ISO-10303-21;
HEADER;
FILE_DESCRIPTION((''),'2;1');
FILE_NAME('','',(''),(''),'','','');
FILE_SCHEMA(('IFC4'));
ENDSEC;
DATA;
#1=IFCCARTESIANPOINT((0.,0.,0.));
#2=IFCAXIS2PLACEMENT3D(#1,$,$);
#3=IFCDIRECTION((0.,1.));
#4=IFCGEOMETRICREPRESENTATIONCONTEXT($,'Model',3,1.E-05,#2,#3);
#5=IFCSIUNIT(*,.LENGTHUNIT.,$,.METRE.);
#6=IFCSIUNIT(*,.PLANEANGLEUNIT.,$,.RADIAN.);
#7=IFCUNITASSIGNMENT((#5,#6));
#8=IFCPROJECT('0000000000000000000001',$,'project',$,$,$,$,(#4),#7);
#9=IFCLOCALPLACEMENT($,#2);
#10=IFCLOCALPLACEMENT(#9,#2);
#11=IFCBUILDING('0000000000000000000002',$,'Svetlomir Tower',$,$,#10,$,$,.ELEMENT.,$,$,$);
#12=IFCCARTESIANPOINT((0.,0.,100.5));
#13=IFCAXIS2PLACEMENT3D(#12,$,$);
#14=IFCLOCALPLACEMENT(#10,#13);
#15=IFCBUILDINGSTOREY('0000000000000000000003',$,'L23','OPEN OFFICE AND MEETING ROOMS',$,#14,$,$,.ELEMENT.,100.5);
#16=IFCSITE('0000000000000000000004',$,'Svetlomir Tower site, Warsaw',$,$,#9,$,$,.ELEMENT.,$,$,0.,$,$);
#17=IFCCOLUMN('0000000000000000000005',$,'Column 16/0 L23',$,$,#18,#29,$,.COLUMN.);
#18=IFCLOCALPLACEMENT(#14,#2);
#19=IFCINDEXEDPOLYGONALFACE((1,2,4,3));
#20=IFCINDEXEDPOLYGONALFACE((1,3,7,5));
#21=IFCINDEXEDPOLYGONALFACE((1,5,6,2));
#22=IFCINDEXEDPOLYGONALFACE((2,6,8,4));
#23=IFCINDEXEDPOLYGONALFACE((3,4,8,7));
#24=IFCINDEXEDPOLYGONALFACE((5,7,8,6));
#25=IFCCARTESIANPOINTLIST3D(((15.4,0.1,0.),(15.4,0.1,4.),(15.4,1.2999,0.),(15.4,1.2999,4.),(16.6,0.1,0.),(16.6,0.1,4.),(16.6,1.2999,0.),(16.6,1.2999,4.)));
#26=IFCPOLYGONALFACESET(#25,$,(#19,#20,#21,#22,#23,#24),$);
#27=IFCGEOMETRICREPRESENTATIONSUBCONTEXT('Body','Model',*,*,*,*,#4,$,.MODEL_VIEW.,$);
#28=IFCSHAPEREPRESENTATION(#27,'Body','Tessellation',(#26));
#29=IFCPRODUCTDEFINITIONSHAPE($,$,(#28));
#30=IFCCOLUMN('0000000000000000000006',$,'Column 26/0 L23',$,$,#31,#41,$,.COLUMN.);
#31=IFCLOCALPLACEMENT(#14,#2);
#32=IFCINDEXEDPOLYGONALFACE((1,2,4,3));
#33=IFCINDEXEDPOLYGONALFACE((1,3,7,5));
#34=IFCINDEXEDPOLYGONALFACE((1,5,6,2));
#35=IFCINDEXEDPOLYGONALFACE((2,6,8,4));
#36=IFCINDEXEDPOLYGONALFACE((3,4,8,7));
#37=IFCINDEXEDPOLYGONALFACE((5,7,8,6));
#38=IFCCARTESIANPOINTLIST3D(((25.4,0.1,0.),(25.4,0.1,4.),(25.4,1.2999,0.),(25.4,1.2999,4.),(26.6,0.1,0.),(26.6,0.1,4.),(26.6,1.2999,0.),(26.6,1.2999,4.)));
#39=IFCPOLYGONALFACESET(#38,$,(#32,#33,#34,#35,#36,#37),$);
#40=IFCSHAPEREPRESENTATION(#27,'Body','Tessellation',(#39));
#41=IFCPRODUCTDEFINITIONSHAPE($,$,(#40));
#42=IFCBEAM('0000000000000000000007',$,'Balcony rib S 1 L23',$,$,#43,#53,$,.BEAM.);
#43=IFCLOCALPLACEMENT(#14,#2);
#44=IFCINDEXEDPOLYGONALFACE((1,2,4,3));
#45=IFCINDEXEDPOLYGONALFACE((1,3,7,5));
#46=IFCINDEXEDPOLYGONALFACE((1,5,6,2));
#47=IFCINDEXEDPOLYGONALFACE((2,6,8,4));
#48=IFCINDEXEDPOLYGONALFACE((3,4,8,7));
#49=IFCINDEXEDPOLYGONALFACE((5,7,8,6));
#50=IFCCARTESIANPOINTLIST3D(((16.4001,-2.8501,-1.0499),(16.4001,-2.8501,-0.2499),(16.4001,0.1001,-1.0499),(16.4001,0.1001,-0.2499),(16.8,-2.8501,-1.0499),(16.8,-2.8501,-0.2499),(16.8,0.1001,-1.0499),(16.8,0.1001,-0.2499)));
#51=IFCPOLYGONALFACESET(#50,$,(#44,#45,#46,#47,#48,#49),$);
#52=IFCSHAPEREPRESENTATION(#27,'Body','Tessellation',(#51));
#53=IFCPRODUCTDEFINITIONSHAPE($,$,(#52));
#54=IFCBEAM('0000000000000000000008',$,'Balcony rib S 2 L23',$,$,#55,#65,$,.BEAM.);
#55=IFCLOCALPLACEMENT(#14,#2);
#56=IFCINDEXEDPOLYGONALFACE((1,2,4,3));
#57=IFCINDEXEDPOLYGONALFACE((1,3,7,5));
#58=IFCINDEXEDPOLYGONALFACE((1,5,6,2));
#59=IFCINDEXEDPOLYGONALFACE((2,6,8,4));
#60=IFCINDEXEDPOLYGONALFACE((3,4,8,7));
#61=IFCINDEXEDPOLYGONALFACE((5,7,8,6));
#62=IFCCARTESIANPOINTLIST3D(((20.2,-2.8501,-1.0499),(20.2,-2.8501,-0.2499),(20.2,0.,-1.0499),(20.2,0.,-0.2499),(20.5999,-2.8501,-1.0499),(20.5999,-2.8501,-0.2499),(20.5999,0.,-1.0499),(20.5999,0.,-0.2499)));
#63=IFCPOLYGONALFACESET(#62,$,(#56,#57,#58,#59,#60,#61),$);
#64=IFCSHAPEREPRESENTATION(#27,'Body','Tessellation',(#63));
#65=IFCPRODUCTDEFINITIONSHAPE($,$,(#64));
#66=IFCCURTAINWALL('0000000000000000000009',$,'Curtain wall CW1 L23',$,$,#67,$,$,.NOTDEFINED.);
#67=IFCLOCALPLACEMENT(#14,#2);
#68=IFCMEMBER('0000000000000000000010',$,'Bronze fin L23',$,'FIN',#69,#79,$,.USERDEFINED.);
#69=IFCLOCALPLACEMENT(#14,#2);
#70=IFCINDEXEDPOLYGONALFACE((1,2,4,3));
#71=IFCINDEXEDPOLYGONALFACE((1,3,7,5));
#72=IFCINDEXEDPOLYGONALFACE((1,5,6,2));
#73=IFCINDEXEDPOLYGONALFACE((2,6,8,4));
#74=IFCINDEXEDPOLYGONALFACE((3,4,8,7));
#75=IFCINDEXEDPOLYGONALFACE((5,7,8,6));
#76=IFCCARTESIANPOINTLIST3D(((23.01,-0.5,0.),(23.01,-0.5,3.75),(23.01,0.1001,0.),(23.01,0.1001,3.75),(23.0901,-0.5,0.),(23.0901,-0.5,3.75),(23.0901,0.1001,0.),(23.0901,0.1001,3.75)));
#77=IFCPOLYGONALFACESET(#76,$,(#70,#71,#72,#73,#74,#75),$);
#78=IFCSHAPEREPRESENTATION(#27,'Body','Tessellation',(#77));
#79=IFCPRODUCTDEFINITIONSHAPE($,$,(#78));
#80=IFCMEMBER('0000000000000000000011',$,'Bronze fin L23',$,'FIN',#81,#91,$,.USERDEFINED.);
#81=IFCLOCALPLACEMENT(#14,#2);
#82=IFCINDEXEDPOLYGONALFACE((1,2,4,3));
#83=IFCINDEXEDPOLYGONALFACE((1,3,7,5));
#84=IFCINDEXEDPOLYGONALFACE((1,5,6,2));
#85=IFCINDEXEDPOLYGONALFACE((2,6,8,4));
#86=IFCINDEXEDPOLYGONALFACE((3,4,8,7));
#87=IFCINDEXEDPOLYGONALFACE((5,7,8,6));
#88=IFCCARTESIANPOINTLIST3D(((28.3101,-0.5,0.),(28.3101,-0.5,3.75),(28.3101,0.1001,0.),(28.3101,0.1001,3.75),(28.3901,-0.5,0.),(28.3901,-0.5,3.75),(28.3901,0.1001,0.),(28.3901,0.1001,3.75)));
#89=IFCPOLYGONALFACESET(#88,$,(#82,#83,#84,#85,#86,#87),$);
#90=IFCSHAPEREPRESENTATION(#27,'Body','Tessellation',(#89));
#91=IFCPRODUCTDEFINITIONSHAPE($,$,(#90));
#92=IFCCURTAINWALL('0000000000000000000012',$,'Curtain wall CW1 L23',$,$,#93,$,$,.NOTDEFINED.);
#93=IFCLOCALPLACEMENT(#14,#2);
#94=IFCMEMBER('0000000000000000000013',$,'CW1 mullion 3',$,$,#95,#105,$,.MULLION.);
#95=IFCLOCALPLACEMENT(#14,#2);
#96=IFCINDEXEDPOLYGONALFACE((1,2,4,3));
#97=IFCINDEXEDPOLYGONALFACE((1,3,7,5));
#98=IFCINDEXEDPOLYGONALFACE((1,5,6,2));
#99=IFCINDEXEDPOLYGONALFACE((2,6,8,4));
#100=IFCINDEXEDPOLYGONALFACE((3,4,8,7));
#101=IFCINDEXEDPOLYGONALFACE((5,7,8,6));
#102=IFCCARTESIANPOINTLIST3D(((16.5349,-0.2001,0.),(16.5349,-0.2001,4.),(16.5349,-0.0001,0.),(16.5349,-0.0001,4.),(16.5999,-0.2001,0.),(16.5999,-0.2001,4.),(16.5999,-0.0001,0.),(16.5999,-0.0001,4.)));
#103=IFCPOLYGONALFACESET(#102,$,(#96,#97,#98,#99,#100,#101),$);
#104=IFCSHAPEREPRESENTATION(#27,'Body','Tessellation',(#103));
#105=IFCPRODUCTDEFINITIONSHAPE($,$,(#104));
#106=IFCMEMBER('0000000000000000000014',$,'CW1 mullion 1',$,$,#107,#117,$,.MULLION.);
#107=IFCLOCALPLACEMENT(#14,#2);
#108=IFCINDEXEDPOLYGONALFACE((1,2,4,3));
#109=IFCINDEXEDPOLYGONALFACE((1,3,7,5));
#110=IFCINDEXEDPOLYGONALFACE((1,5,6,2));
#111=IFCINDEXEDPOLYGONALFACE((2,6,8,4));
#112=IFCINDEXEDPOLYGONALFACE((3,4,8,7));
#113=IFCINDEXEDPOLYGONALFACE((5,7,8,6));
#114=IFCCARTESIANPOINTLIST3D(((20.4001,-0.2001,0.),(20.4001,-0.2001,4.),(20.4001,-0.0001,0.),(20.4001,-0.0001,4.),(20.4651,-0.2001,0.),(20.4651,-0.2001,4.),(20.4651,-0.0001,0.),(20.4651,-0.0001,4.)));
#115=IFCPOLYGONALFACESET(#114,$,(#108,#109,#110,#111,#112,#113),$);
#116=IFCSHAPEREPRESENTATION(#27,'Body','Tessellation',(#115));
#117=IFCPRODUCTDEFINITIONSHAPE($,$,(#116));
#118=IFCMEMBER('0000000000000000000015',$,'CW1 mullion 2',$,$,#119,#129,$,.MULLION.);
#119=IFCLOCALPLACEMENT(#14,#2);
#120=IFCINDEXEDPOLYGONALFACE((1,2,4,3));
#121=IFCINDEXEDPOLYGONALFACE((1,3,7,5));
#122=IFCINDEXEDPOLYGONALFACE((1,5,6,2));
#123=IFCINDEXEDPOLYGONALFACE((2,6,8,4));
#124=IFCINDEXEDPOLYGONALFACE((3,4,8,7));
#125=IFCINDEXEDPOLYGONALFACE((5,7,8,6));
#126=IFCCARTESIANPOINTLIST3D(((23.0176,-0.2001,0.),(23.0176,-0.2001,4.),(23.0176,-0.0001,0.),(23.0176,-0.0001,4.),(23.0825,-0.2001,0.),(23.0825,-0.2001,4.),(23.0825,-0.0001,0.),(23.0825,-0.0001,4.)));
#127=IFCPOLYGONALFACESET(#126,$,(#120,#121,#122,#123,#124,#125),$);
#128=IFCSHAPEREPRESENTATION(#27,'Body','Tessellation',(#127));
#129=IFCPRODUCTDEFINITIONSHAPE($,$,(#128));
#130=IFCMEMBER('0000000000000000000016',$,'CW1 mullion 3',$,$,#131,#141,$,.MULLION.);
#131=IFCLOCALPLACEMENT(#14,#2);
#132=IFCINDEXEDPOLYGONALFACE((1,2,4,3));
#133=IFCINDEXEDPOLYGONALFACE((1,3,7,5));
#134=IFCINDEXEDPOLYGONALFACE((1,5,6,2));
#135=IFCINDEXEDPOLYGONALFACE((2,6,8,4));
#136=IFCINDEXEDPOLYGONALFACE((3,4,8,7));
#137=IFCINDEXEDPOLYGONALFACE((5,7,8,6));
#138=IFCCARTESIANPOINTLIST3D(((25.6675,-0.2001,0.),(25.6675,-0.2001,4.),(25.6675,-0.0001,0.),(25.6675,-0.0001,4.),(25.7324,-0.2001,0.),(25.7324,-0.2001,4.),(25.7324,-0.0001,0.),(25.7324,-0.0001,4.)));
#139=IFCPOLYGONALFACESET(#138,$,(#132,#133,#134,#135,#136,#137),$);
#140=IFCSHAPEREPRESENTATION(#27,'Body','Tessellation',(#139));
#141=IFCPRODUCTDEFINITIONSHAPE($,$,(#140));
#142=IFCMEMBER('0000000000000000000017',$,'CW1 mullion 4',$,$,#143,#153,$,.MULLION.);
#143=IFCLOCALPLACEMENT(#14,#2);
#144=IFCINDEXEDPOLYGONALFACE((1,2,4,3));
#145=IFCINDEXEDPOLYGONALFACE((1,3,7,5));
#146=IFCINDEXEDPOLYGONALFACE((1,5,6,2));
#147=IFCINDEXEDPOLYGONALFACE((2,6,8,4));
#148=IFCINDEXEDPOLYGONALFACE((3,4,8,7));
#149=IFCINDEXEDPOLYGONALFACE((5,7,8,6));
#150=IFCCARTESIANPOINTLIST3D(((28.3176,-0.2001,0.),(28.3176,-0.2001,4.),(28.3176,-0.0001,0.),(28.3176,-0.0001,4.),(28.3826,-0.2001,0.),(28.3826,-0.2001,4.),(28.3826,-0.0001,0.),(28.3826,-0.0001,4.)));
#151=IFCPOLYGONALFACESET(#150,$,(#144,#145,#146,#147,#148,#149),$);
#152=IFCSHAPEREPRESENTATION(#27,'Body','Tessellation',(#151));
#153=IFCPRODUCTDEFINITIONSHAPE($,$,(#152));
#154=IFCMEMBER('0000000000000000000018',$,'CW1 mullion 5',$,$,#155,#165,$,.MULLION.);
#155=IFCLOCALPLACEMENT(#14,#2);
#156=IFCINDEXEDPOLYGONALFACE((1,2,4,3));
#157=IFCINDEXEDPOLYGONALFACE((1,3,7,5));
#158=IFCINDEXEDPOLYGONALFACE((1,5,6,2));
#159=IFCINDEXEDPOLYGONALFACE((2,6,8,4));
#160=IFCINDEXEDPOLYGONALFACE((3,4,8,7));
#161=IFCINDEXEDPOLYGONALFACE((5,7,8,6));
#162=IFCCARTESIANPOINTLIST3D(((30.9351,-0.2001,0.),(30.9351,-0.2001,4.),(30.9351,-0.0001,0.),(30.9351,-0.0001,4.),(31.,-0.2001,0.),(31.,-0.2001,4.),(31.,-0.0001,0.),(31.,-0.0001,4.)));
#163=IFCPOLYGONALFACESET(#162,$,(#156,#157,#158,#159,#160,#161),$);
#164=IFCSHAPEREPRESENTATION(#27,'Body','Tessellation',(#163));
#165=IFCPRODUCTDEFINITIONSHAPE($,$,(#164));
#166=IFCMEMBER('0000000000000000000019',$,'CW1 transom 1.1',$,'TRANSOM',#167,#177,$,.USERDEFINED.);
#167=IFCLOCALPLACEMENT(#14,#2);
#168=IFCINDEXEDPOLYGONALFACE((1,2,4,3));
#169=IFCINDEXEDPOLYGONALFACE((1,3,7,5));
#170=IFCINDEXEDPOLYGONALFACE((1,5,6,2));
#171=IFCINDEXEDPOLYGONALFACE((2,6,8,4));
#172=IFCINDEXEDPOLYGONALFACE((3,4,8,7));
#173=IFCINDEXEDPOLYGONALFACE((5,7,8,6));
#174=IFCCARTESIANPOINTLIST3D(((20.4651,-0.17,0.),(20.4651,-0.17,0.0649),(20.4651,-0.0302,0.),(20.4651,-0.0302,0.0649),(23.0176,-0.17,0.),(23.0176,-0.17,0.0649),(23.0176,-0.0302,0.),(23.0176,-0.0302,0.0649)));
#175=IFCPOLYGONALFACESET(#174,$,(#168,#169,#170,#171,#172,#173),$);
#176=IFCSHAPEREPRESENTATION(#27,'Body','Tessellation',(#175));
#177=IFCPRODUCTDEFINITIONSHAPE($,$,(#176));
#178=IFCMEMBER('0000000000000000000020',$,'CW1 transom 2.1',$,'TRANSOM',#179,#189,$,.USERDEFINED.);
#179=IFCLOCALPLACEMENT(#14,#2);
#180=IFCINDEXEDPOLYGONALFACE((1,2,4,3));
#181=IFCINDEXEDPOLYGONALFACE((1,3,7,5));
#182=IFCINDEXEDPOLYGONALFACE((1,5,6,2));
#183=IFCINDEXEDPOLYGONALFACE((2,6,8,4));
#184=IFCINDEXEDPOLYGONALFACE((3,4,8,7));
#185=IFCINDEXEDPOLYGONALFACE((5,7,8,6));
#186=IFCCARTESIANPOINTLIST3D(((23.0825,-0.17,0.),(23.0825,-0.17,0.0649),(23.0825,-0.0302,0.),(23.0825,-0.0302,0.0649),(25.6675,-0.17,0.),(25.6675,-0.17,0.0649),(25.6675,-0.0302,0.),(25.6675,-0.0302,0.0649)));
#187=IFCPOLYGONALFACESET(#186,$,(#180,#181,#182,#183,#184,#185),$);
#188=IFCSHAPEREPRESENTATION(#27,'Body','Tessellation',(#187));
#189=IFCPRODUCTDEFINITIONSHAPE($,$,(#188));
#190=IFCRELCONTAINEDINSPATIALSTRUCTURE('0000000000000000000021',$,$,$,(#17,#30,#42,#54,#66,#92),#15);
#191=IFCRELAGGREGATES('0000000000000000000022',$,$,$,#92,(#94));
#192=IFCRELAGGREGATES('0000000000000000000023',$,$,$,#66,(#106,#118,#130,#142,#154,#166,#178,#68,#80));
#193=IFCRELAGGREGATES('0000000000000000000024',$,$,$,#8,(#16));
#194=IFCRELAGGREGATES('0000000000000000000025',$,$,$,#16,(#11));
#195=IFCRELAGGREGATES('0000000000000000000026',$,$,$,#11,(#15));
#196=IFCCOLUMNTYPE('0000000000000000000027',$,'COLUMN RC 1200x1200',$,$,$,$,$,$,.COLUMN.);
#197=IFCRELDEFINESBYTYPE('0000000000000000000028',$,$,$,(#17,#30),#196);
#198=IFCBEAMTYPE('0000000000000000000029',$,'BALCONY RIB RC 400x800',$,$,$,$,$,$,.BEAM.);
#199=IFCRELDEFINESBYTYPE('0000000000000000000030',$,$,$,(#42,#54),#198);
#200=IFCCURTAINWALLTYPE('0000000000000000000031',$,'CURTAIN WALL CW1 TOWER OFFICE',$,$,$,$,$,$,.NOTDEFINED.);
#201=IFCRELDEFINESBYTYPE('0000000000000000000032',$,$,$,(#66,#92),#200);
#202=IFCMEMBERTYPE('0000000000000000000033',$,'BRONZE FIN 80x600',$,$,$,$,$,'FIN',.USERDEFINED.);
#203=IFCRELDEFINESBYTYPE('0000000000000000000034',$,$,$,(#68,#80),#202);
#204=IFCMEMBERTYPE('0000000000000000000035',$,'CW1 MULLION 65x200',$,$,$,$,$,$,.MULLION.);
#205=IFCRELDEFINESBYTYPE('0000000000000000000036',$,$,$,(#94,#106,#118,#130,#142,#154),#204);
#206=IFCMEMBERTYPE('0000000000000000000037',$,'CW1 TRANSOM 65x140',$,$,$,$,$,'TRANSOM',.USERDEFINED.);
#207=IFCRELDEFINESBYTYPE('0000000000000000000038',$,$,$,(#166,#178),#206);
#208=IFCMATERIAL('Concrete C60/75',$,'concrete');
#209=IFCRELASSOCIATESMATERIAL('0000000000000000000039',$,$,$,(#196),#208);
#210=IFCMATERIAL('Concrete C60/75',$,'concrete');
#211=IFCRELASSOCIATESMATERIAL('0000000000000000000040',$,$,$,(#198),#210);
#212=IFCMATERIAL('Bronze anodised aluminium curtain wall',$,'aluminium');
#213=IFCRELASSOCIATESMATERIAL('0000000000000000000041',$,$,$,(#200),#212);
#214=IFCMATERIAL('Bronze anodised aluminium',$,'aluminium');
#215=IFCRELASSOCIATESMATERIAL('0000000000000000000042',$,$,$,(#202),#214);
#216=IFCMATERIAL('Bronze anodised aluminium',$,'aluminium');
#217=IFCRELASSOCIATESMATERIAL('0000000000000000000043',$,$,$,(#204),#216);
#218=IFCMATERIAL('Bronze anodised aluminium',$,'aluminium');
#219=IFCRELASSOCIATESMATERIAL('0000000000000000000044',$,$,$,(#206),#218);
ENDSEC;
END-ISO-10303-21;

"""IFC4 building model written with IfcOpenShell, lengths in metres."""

from ifc_helpers import new_model, si_unit, direction, frame, origin, origin_2d, place, context, subcontext, project, spatial, rectangle, extrude, material, material_profile, profile_set, type_object, element, aggregate, save


model = new_model("IFC4")

# Units and contexts
model_context = context("Model", 3, precision=1e-05, world=origin(), true_north=direction((0.0, 1.0)))
body_context = subcontext(model_context, "Body", "Model", "MODEL_VIEW")
ifc_project = project(units=[si_unit("LENGTHUNIT", "METRE"), si_unit("PLANEANGLEUNIT", "RADIAN")], contexts=[model_context])

# Site, building, storey
site_placement = place(None, origin())
site = spatial("IfcSite", under=ifc_project, at=site_placement, Name="Svetlomir Tower site, Warsaw", CompositionType="ELEMENT", RefElevation=0.0)
building_placement = place(site_placement, origin())
building = spatial("IfcBuilding", under=site, at=building_placement, Name="Svetlomir Tower", CompositionType="ELEMENT")
storey_placement = place(building_placement, frame((0.0, 0.0, 100.5)))
storey = spatial("IfcBuildingStorey", under=building, at=storey_placement, Name="L23", Description="OPEN OFFICE AND MEETING ROOMS", CompositionType="ELEMENT", Elevation=100.5)

# Columns
ifc_material_1 = material(Name="Concrete C60/75", Category="concrete")
ifc_material_profile_1 = material_profile(ifc_material_1, rectangle(XDim=1.2, YDim=1.2, at=origin_2d()), Name="RC 1200x1200")
ifc_profile_set_1 = profile_set([ifc_material_profile_1], Name="Concrete C60/75")
column_type = type_object("IfcColumnType", Name="COLUMN RC 1200x1200", PredefinedType="COLUMN", material=ifc_profile_set_1)
for number, where, z_axis, x_axis, name in (
    (1, (16.0, 0.7, 0.0), (0.0, 0.0, 1.0), (1.0, 0.0, 0.0), "Column 16/0 L23"),
    (2, (26.0, 0.7, 0.0), (0.0, 0.0, 1.0), (1.0, 0.0, 0.0), "Column 26/0 L23"),
):
    element("IfcColumn", number, at=place(storey_placement, frame(where, z_axis=z_axis, x_axis=x_axis)), inside=storey, type_object=column_type, Name=name, PredefinedType="COLUMN", context=body_context, shape_type="SweptSolid", body=[
        extrude(rectangle(XDim=1.2, YDim=1.2, at=origin_2d()), origin(), (0.0, 0.0, 1.0), 4.0),
    ])

# Beams
ifc_material_2 = material(Name="Concrete C60/75", Category="concrete")
ifc_material_profile_2 = material_profile(ifc_material_2, rectangle(XDim=0.3999, YDim=0.8, at=origin_2d()), Name="RC 400x800")
ifc_profile_set_2 = profile_set([ifc_material_profile_2], Name="Concrete C60/75")
beam_type_1 = type_object("IfcBeamType", Name="BALCONY RIB RC 400x800", PredefinedType="BEAM", material=ifc_profile_set_2)
beam_1_placement = place(storey_placement, frame((16.6001, 0.1001, -0.6499), z_axis=(0.0, -1.0, 0.0), x_axis=(1.0, 0.0, 0.0)))
element("IfcBeam", 3, at=beam_1_placement, inside=storey, type_object=beam_type_1, Name="Balcony rib S 1 L23", PredefinedType="BEAM", context=body_context, shape_type="SweptSolid", body=[
    extrude(rectangle(XDim=0.3999, YDim=0.8, at=origin_2d()), origin(), (0.0, 0.0, 1.0), 2.9502),
])
beam_2_placement = place(storey_placement, frame((20.3999, 0.0, -0.6499), z_axis=(0.0, -1.0, 0.0), x_axis=(1.0, 0.0, 0.0)))
element("IfcBeam", 4, at=beam_2_placement, inside=storey, type_object=beam_type_1, Name="Balcony rib S 2 L23", PredefinedType="BEAM", context=body_context, shape_type="SweptSolid", body=[
    extrude(rectangle(XDim=0.3999, YDim=0.8, at=origin_2d()), origin(), (0.0, 0.0, 1.0), 2.8501),
])

# Curtain wall, members
ifc_material_3 = material(Name="Bronze anodised aluminium curtain wall", Category="aluminium")
curtain_wall_type = type_object("IfcCurtainWallType", Name="CURTAIN WALL CW1 TOWER OFFICE", PredefinedType="NOTDEFINED", material=ifc_material_3)
curtain_wall_1_placement = place(storey_placement, origin())
curtain_wall_1 = element("IfcCurtainWall", 5, at=curtain_wall_1_placement, inside=storey, type_object=curtain_wall_type, Name="Curtain wall CW1 L23", PredefinedType="NOTDEFINED")
ifc_material_4 = material(Name="Bronze anodised aluminium", Category="aluminium")
ifc_material_profile_3 = material_profile(ifc_material_4, rectangle(XDim=0.0801, YDim=0.6001, at=origin_2d()), Name="FIN 80x600")
ifc_profile_set_3 = profile_set([ifc_material_profile_3], Name="Bronze anodised aluminium 6063-T6")
member_type_1 = type_object("IfcMemberType", Name="BRONZE FIN 80x600", ElementType="FIN", PredefinedType="USERDEFINED", material=ifc_profile_set_3)
member_1_placement = place(storey_placement, frame((23.05, -0.2, 0.0), z_axis=(0.0, 0.0, 1.0), x_axis=(1.0, 0.0, 0.0)))
member_1 = element("IfcMember", 6, at=member_1_placement, type_object=member_type_1, Name="Bronze fin L23", ObjectType="FIN", PredefinedType="USERDEFINED", context=body_context, shape_type="SweptSolid", body=[
    extrude(rectangle(XDim=0.0801, YDim=0.6001, at=origin_2d()), origin(), (0.0, 0.0, 1.0), 3.75),
])
member_2_placement = place(storey_placement, frame((28.3501, -0.2, 0.0), z_axis=(0.0, 0.0, 1.0), x_axis=(1.0, 0.0, 0.0)))
member_2 = element("IfcMember", 7, at=member_2_placement, type_object=member_type_1, Name="Bronze fin L23", ObjectType="FIN", PredefinedType="USERDEFINED", context=body_context, shape_type="SweptSolid", body=[
    extrude(rectangle(XDim=0.0801, YDim=0.6001, at=origin_2d()), origin(), (0.0, 0.0, 1.0), 3.75),
])

# Curtain wall, member
curtain_wall_2_placement = place(storey_placement, origin())
curtain_wall_2 = element("IfcCurtainWall", 8, at=curtain_wall_2_placement, inside=storey, type_object=curtain_wall_type, Name="Curtain wall CW1 L23", PredefinedType="NOTDEFINED")
ifc_material_5 = material(Name="Bronze anodised aluminium", Category="aluminium")
ifc_material_profile_4 = material_profile(ifc_material_5, rectangle(XDim=0.0649, YDim=0.2, at=origin_2d()), Name="AL 65x200")
ifc_profile_set_4 = profile_set([ifc_material_profile_4], Name="Bronze anodised aluminium 6063-T6")
member_type_2 = type_object("IfcMemberType", Name="CW1 MULLION 65x200", PredefinedType="MULLION", material=ifc_profile_set_4)
member_3_placement = place(storey_placement, frame((16.5674, -0.1001, 0.0), z_axis=(0.0, 0.0, 1.0), x_axis=(1.0, 0.0, 0.0)))
member_3 = element("IfcMember", 9, at=member_3_placement, type_object=member_type_2, Name="CW1 mullion 3", PredefinedType="MULLION", context=body_context, shape_type="SweptSolid", body=[
    extrude(rectangle(XDim=0.0649, YDim=0.2, at=origin_2d()), origin(), (0.0, 0.0, 1.0), 4.0),
])
aggregate(curtain_wall_2, [member_3])

# Members
member_4_placement = place(storey_placement, frame((20.4326, -0.1001, 0.0), z_axis=(0.0, 0.0, 1.0), x_axis=(1.0, 0.0, 0.0)))
member_4 = element("IfcMember", 10, at=member_4_placement, type_object=member_type_2, Name="CW1 mullion 1", PredefinedType="MULLION", context=body_context, shape_type="SweptSolid", body=[
    extrude(rectangle(XDim=0.0649, YDim=0.2, at=origin_2d()), origin(), (0.0, 0.0, 1.0), 4.0),
])
member_5_placement = place(storey_placement, frame((23.05, -0.1001, 0.0), z_axis=(0.0, 0.0, 1.0), x_axis=(1.0, 0.0, 0.0)))
member_5 = element("IfcMember", 11, at=member_5_placement, type_object=member_type_2, Name="CW1 mullion 2", PredefinedType="MULLION", context=body_context, shape_type="SweptSolid", body=[
    extrude(rectangle(XDim=0.0649, YDim=0.2, at=origin_2d()), origin(), (0.0, 0.0, 1.0), 4.0),
])
member_6_placement = place(storey_placement, frame((25.7, -0.1001, 0.0), z_axis=(0.0, 0.0, 1.0), x_axis=(1.0, 0.0, 0.0)))
member_6 = element("IfcMember", 12, at=member_6_placement, type_object=member_type_2, Name="CW1 mullion 3", PredefinedType="MULLION", context=body_context, shape_type="SweptSolid", body=[
    extrude(rectangle(XDim=0.0649, YDim=0.2, at=origin_2d()), origin(), (0.0, 0.0, 1.0), 4.0),
])
member_7_placement = place(storey_placement, frame((28.3501, -0.1001, 0.0), z_axis=(0.0, 0.0, 1.0), x_axis=(1.0, 0.0, 0.0)))
member_7 = element("IfcMember", 13, at=member_7_placement, type_object=member_type_2, Name="CW1 mullion 4", PredefinedType="MULLION", context=body_context, shape_type="SweptSolid", body=[
    extrude(rectangle(XDim=0.0649, YDim=0.2, at=origin_2d()), origin(), (0.0, 0.0, 1.0), 4.0),
])
member_8_placement = place(storey_placement, frame((30.9675, -0.1001, 0.0), z_axis=(0.0, 0.0, 1.0), x_axis=(1.0, 0.0, 0.0)))
member_8 = element("IfcMember", 14, at=member_8_placement, type_object=member_type_2, Name="CW1 mullion 5", PredefinedType="MULLION", context=body_context, shape_type="SweptSolid", body=[
    extrude(rectangle(XDim=0.0649, YDim=0.2, at=origin_2d()), origin(), (0.0, 0.0, 1.0), 4.0),
])
ifc_material_6 = material(Name="Bronze anodised aluminium", Category="aluminium")
ifc_material_profile_5 = material_profile(ifc_material_6, rectangle(XDim=0.1399, YDim=0.0649, at=origin_2d()), Name="AL 140x65")
ifc_profile_set_5 = profile_set([ifc_material_profile_5], Name="Bronze anodised aluminium 6063-T6")
member_type_3 = type_object("IfcMemberType", Name="CW1 TRANSOM 65x140", ElementType="TRANSOM", PredefinedType="USERDEFINED", material=ifc_profile_set_5)
member_9_placement = place(storey_placement, frame((20.4651, -0.1001, 0.0325), z_axis=(1.0, 0.0, 0.0), x_axis=(0.0, 1.0, 0.0)))
member_9 = element("IfcMember", 15, at=member_9_placement, type_object=member_type_3, Name="CW1 transom 1.1", ObjectType="TRANSOM", PredefinedType="USERDEFINED", context=body_context, shape_type="SweptSolid", body=[
    extrude(rectangle(XDim=0.1399, YDim=0.0649, at=origin_2d()), origin(), (0.0, 0.0, 1.0), 2.5525),
])
member_10_placement = place(storey_placement, frame((23.0825, -0.1001, 0.0325), z_axis=(1.0, 0.0, 0.0), x_axis=(0.0, 1.0, 0.0)))
member_10 = element("IfcMember", 16, at=member_10_placement, type_object=member_type_3, Name="CW1 transom 2.1", ObjectType="TRANSOM", PredefinedType="USERDEFINED", context=body_context, shape_type="SweptSolid", body=[
    extrude(rectangle(XDim=0.1399, YDim=0.0649, at=origin_2d()), origin(), (0.0, 0.0, 1.0), 2.585),
])

aggregate(curtain_wall_1, [member_4, member_5, member_6, member_7, member_8, member_9, member_10, member_1, member_2])

save(model, "model.ifc")
